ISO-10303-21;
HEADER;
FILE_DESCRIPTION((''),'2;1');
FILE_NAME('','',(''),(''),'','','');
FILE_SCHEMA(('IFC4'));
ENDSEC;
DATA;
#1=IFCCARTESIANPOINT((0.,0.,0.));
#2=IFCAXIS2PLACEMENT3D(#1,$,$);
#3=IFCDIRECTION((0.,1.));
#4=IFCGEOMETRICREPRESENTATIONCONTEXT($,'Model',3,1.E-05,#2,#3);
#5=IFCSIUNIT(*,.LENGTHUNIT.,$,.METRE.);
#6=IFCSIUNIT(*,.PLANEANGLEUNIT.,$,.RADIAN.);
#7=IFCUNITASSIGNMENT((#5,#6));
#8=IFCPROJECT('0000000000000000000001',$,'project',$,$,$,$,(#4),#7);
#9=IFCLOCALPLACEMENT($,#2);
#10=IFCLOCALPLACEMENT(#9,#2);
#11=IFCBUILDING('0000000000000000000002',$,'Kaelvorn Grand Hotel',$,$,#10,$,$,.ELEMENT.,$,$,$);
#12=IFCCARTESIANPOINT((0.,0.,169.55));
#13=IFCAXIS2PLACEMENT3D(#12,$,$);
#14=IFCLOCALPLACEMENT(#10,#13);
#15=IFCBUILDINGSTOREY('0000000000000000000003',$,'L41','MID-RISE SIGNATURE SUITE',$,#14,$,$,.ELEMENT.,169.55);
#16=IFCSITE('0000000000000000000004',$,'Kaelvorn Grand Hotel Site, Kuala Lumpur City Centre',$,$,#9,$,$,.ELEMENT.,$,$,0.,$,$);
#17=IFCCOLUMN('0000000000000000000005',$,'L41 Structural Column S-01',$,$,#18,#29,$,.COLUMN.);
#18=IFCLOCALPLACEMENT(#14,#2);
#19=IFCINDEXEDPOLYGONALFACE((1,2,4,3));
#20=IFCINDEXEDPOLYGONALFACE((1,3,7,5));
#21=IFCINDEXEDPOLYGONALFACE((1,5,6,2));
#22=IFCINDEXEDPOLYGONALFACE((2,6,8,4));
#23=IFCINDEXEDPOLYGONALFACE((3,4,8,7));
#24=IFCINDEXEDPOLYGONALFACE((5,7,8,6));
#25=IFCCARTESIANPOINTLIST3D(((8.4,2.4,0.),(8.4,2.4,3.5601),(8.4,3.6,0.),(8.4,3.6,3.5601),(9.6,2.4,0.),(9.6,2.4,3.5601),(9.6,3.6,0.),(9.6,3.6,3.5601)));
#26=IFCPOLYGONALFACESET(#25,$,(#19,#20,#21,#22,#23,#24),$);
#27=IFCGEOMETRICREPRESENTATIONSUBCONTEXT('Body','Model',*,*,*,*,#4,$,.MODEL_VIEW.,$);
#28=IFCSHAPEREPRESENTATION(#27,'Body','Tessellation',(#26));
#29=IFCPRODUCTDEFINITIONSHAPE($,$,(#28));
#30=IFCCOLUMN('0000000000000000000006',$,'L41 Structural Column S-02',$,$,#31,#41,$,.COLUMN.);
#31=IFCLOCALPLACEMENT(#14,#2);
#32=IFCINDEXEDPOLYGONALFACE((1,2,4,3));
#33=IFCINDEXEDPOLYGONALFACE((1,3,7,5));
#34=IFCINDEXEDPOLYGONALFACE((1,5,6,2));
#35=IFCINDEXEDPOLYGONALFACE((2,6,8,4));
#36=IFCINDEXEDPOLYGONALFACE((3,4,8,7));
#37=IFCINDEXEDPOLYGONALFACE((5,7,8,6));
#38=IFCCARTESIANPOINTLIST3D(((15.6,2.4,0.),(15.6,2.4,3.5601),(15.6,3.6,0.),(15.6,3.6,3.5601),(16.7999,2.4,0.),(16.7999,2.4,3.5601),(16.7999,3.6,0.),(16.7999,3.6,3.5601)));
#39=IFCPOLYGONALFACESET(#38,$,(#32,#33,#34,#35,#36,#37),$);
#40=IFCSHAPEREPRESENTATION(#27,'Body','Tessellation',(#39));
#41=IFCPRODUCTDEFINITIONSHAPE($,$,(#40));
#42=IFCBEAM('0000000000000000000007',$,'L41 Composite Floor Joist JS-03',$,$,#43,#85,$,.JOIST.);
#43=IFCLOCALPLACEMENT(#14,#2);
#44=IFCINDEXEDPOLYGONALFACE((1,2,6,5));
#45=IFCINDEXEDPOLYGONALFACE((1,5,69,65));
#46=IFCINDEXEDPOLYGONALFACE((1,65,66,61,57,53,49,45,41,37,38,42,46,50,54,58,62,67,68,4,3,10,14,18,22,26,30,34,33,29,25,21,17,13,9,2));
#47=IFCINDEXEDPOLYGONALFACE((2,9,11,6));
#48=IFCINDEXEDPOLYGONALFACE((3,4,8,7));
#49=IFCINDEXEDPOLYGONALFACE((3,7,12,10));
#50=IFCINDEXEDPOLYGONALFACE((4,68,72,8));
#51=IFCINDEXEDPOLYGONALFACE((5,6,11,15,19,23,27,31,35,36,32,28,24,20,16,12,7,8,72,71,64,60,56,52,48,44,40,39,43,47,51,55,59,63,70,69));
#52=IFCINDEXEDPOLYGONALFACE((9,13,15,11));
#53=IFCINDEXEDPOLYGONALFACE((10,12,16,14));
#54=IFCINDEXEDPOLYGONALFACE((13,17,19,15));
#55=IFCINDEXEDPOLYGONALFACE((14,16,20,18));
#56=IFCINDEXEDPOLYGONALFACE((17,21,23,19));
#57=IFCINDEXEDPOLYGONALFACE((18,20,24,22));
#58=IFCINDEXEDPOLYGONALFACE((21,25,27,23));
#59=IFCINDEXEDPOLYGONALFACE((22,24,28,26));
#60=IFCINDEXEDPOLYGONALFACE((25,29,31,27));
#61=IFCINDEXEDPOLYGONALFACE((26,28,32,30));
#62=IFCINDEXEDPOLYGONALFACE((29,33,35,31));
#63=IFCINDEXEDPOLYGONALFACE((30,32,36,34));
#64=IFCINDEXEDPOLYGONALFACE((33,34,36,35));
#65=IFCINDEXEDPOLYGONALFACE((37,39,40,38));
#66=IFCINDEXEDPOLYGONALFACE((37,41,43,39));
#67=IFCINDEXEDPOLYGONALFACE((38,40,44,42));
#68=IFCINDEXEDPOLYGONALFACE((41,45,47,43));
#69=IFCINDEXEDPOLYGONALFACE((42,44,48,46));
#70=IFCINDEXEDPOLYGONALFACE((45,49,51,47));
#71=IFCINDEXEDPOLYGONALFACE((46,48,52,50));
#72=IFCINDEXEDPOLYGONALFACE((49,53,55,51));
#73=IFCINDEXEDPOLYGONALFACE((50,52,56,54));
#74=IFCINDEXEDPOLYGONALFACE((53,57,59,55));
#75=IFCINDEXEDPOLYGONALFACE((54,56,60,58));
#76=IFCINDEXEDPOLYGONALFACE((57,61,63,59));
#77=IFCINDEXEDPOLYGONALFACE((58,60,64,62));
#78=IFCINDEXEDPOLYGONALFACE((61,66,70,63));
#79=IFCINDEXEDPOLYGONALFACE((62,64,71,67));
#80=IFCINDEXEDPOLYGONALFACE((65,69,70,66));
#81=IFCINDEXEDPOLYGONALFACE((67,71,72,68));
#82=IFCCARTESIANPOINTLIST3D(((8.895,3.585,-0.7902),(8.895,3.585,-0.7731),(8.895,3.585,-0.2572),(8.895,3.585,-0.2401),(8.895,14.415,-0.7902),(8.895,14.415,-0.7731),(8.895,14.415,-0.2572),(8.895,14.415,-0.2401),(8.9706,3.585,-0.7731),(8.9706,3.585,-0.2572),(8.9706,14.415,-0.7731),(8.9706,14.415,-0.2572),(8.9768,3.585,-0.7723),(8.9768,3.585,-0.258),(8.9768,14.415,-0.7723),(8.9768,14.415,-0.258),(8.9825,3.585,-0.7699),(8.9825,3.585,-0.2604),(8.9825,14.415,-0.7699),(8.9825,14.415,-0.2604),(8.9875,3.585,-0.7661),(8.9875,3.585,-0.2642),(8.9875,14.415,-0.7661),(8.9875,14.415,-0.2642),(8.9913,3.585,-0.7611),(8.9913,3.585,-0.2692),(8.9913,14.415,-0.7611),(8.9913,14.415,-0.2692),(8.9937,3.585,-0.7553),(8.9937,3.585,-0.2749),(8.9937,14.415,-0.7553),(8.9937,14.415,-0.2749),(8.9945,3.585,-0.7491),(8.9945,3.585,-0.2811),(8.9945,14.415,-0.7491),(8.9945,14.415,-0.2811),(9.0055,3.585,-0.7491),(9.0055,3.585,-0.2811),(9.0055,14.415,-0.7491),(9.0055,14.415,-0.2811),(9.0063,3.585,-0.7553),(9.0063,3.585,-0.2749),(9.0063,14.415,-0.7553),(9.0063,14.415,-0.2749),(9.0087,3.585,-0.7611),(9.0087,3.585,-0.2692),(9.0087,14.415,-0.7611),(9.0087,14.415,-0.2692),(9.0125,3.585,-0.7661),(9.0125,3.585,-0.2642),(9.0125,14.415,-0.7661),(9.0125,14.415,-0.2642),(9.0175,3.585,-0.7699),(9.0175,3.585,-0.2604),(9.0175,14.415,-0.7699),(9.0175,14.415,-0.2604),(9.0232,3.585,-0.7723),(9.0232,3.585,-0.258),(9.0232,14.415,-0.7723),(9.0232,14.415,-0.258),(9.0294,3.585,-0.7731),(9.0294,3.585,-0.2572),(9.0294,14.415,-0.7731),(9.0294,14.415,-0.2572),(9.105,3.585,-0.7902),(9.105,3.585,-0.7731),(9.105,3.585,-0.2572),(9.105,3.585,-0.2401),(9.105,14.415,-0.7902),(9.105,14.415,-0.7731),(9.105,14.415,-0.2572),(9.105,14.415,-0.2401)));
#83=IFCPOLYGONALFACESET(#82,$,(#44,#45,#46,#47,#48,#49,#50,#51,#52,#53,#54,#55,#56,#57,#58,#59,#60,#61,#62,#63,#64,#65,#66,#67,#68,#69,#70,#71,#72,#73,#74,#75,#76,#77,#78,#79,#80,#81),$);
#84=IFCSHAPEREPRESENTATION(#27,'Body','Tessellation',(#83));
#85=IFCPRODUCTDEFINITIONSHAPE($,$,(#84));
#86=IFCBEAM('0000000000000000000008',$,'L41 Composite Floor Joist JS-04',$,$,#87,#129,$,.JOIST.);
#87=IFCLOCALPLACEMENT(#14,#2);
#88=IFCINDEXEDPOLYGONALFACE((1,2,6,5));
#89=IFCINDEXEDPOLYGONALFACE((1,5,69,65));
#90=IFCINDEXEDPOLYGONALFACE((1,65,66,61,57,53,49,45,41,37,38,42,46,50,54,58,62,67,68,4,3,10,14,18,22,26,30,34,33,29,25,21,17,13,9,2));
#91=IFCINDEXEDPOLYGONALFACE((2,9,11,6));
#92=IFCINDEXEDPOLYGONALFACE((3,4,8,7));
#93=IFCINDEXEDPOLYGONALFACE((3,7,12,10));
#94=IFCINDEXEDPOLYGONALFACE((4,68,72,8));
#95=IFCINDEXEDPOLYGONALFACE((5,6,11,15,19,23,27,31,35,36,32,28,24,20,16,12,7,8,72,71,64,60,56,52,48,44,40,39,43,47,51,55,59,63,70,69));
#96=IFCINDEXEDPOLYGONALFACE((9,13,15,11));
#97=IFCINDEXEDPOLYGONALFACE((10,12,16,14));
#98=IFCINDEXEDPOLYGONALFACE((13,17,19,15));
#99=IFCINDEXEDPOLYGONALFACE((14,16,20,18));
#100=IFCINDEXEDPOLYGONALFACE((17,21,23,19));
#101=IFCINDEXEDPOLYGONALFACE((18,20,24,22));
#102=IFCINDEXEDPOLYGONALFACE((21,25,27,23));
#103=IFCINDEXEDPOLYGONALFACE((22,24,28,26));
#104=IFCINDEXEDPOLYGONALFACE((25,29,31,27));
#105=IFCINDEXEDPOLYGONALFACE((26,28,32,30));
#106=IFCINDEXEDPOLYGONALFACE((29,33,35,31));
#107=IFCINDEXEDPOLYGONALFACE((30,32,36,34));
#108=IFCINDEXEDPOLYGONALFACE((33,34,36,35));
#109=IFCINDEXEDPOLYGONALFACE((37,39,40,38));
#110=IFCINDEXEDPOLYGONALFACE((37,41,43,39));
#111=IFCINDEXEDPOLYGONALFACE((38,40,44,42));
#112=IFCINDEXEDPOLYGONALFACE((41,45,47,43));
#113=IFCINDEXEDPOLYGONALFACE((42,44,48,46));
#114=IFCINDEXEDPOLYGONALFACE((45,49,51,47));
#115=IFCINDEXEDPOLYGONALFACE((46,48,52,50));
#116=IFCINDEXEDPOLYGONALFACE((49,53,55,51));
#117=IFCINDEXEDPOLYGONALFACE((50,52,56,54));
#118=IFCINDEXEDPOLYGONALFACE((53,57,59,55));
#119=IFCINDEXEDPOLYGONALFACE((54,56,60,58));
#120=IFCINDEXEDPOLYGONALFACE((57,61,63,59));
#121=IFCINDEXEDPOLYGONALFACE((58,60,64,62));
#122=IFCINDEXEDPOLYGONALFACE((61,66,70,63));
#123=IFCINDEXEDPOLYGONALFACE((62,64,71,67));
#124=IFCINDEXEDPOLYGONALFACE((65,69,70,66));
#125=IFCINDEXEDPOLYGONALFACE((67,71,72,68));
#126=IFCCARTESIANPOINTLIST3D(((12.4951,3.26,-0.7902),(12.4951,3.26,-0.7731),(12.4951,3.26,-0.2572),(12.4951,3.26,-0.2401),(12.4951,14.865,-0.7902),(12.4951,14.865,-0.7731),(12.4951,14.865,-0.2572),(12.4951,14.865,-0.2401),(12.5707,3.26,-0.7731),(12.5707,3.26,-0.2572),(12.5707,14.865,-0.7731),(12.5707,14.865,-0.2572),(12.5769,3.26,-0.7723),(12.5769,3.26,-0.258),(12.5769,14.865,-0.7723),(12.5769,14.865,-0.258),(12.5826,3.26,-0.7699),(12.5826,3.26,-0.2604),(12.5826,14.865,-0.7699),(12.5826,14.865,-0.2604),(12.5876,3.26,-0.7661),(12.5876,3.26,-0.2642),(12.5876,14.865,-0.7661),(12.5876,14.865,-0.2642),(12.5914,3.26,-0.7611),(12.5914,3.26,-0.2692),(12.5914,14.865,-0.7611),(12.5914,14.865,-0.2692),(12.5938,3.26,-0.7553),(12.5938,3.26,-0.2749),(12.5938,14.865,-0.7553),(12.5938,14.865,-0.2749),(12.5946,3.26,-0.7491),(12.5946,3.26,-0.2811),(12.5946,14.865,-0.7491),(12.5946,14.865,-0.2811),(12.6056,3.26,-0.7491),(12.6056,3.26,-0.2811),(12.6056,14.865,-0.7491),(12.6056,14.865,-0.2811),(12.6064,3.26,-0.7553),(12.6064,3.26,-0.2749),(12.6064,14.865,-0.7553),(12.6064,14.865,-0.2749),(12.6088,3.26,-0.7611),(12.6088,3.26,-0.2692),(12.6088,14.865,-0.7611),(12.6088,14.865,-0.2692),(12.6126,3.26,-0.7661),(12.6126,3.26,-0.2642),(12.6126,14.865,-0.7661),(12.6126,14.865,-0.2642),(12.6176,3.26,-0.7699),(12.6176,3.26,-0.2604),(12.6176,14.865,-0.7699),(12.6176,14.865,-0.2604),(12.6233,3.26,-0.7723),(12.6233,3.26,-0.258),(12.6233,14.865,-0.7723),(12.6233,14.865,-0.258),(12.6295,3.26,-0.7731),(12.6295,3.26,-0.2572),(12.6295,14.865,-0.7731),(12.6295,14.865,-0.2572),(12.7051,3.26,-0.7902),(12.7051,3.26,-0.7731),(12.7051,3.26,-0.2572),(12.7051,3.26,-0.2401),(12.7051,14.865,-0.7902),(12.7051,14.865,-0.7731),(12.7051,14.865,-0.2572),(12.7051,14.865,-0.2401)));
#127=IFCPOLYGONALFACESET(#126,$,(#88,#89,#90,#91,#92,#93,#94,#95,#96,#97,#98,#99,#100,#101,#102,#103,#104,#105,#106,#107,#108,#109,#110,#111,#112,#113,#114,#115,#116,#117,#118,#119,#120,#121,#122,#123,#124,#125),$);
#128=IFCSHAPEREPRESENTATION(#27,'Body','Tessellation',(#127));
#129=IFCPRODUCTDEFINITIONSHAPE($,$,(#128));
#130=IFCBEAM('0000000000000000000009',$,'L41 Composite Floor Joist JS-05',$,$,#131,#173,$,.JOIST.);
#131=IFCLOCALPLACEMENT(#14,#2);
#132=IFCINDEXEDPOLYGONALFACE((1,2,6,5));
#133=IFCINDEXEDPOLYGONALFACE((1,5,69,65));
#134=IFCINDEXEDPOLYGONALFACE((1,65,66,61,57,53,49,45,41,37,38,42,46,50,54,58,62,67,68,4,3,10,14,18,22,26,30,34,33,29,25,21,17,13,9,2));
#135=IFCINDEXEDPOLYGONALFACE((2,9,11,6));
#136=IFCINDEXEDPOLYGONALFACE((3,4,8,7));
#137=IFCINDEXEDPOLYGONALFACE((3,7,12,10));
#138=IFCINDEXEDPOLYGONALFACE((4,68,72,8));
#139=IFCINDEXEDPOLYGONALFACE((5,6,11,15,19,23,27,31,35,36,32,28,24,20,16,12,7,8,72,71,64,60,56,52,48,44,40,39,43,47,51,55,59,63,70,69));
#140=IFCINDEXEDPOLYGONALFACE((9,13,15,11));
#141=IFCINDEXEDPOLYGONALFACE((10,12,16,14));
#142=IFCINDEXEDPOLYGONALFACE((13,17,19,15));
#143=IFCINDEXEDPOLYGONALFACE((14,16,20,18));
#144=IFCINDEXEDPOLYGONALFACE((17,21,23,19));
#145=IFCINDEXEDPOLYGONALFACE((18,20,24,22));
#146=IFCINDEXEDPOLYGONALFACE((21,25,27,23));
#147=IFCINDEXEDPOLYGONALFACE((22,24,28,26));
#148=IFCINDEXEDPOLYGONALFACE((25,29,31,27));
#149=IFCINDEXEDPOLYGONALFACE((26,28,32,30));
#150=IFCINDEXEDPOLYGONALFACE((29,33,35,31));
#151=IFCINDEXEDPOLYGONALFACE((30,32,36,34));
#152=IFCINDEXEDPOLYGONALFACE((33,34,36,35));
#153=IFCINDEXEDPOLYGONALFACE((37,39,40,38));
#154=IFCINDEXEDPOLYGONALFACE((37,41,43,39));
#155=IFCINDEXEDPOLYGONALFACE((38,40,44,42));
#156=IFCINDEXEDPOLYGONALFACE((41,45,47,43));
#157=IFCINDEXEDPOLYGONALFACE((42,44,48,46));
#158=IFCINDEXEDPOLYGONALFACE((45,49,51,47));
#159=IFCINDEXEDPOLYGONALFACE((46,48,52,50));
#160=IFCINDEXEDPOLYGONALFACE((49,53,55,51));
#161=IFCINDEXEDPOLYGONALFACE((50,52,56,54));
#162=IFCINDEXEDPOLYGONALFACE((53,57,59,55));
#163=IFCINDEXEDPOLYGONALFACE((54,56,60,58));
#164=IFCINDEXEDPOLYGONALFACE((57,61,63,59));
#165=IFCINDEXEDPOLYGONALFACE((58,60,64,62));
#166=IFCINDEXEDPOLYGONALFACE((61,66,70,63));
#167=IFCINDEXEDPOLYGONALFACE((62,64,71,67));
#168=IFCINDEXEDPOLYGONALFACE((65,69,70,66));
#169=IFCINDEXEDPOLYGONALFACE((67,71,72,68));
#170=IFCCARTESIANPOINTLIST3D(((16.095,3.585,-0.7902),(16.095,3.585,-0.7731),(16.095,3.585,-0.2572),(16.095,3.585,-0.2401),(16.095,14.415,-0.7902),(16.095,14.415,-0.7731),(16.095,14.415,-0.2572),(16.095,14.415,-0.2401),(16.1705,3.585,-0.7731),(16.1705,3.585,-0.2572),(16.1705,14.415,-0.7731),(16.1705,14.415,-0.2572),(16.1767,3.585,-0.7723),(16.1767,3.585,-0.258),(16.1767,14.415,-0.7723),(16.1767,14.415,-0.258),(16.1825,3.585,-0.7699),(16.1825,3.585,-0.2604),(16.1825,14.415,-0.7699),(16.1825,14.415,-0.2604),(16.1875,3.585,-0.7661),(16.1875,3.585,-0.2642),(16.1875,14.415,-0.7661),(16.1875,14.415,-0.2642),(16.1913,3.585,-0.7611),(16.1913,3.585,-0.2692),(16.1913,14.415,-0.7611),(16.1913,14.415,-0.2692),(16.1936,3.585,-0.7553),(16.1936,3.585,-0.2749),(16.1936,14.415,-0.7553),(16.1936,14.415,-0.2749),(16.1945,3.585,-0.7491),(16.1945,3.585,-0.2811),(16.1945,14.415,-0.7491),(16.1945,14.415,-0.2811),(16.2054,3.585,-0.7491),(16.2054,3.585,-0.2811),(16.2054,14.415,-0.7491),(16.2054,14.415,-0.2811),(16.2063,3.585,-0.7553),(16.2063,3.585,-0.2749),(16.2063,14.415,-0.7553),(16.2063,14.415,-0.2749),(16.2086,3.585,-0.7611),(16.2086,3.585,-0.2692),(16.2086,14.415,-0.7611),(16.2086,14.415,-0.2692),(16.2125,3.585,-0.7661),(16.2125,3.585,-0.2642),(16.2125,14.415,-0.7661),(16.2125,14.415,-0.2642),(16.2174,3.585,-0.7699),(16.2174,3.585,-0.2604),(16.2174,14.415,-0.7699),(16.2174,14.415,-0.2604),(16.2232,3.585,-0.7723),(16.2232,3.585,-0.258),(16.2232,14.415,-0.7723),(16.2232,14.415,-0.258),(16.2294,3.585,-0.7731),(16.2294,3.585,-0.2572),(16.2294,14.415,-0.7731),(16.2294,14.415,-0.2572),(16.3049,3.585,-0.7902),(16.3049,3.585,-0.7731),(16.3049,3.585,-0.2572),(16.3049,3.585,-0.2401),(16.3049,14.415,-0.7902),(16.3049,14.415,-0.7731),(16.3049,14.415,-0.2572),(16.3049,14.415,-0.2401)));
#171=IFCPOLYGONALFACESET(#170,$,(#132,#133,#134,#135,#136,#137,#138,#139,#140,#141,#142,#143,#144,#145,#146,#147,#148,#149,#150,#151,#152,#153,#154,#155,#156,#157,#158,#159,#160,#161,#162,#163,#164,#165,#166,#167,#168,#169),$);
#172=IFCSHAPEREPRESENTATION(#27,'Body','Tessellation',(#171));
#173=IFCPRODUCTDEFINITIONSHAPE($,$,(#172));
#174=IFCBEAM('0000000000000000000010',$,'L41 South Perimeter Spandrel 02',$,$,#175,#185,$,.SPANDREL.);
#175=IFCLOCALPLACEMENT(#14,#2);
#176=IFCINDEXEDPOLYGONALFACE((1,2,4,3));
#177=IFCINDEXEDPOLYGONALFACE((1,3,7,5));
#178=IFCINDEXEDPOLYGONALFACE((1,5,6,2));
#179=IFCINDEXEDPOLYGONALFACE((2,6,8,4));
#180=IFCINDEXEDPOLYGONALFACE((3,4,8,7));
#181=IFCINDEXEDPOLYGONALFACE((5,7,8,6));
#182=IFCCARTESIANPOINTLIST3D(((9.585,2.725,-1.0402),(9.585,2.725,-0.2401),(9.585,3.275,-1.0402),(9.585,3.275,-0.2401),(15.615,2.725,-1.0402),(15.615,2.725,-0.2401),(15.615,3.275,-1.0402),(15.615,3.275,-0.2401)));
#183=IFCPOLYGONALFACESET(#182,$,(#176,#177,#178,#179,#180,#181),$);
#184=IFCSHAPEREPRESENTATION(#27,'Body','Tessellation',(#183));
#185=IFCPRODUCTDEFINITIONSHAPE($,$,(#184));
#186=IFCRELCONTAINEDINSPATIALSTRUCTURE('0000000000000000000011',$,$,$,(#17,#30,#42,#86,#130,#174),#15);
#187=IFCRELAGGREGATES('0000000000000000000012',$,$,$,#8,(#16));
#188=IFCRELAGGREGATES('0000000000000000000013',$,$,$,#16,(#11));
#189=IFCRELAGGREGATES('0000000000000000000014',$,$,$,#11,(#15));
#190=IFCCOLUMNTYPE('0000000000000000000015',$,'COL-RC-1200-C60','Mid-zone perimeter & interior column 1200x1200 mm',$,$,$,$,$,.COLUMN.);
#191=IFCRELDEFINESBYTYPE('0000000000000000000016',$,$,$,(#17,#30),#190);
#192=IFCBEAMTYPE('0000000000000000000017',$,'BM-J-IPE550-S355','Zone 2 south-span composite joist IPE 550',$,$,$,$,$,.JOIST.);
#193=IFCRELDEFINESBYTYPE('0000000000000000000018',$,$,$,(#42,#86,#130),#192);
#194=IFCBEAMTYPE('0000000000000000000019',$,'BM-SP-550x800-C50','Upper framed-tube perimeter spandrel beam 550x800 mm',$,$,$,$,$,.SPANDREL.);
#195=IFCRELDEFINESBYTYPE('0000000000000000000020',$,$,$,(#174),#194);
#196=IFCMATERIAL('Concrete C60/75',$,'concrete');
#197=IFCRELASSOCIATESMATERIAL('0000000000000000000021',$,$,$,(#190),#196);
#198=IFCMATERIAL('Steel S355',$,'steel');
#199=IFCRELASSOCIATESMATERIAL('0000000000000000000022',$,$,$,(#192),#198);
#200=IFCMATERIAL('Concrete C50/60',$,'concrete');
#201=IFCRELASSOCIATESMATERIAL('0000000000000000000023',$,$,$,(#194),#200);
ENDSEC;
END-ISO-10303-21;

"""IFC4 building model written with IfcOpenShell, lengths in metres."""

from ifc_helpers import new_model, si_unit, direction, frame, origin, origin_2d, place, context, subcontext, project, spatial, rectangle, i_section, extrude, material, material_profile, profile_set, type_object, element, save


model = new_model("IFC4")

# Units and contexts
model_context = context("Model", 3, precision=1e-05, world=origin(), true_north=direction((0.0, 1.0)))
body_context = subcontext(model_context, "Body", "Model", "MODEL_VIEW")
ifc_project = project(units=[si_unit("LENGTHUNIT", "METRE"), si_unit("PLANEANGLEUNIT", "RADIAN")], contexts=[model_context])

# Site, building, storey
site_placement = place(None, origin())
site = spatial("IfcSite", under=ifc_project, at=site_placement, Name="Kaelvorn Grand Hotel Site, Kuala Lumpur City Centre", CompositionType="ELEMENT", RefElevation=0.0)
building_placement = place(site_placement, origin())
building = spatial("IfcBuilding", under=site, at=building_placement, Name="Kaelvorn Grand Hotel", CompositionType="ELEMENT")
storey_placement = place(building_placement, frame((0.0, 0.0, 169.55)))
storey = spatial("IfcBuildingStorey", under=building, at=storey_placement, Name="L41", Description="MID-RISE SIGNATURE SUITE", CompositionType="ELEMENT", Elevation=169.55)

# Columns
ifc_material_1 = material(Name="Concrete C60/75", Category="concrete")
ifc_material_profile_1 = material_profile(ifc_material_1, rectangle(XDim=1.2, YDim=1.2, at=origin_2d()), Name="RC COL 1200x1200")
ifc_profile_set_1 = profile_set([ifc_material_profile_1], Name="Concrete C60/75")
column_type = type_object("IfcColumnType", Name="COL-RC-1200-C60", Description="Mid-zone perimeter & interior column 1200x1200 mm", PredefinedType="COLUMN", material=ifc_profile_set_1)
for number, where, z_axis, x_axis, name in (
    (1, (9.0, 3.0, 0.0), (0.0, 0.0, 1.0), (1.0, 0.0, 0.0), "L41 Structural Column S-01"),
    (2, (16.2, 3.0, 0.0), (0.0, 0.0, 1.0), (1.0, 0.0, 0.0), "L41 Structural Column S-02"),
):
    element("IfcColumn", number, at=place(storey_placement, frame(where, z_axis=z_axis, x_axis=x_axis)), inside=storey, type_object=column_type, Name=name, PredefinedType="COLUMN", context=body_context, shape_type="SweptSolid", body=[
        extrude(rectangle(XDim=1.2, YDim=1.2, at=origin_2d()), origin(), (0.0, 0.0, 1.0), 3.5601),
    ])

# Beams
ifc_material_2 = material(Name="Steel S355", Category="steel")
ifc_material_profile_2 = material_profile(ifc_material_2, i_section(OverallWidth=0.21, OverallDepth=0.55, WebThickness=0.011, FlangeThickness=0.0171, FilletRadius=0.0239, at=origin_2d()), Name="IPE 550")
ifc_profile_set_2 = profile_set([ifc_material_profile_2], Name="Steel S355")
beam_type_1 = type_object("IfcBeamType", Name="BM-J-IPE550-S355", Description="Zone 2 south-span composite joist IPE 550", PredefinedType="JOIST", material=ifc_profile_set_2)
beam_1_placement = place(storey_placement, frame((9.0, 3.585, -0.5151), z_axis=(0.0, 1.0, 0.0), x_axis=(-1.0, 0.0, 0.0)))
element("IfcBeam", 3, at=beam_1_placement, inside=storey, type_object=beam_type_1, Name="L41 Composite Floor Joist JS-03", PredefinedType="JOIST", context=body_context, shape_type="SweptSolid", body=[
    extrude(i_section(OverallWidth=0.21, OverallDepth=0.55, WebThickness=0.011, FlangeThickness=0.0171, FilletRadius=0.0239, at=origin_2d()), origin(), (0.0, 0.0, 1.0), 10.8301),
])
beam_2_placement = place(storey_placement, frame((12.6001, 3.26, -0.5151), z_axis=(0.0, 1.0, 0.0), x_axis=(-1.0, 0.0, 0.0)))
element("IfcBeam", 4, at=beam_2_placement, inside=storey, type_object=beam_type_1, Name="L41 Composite Floor Joist JS-04", PredefinedType="JOIST", context=body_context, shape_type="SweptSolid", body=[
    extrude(i_section(OverallWidth=0.21, OverallDepth=0.55, WebThickness=0.011, FlangeThickness=0.0171, FilletRadius=0.0239, at=origin_2d()), origin(), (0.0, 0.0, 1.0), 11.605),
])
beam_3_placement = place(storey_placement, frame((16.2, 3.585, -0.5151), z_axis=(0.0, 1.0, 0.0), x_axis=(-1.0, 0.0, 0.0)))
element("IfcBeam", 5, at=beam_3_placement, inside=storey, type_object=beam_type_1, Name="L41 Composite Floor Joist JS-05", PredefinedType="JOIST", context=body_context, shape_type="SweptSolid", body=[
    extrude(i_section(OverallWidth=0.21, OverallDepth=0.55, WebThickness=0.011, FlangeThickness=0.0171, FilletRadius=0.0239, at=origin_2d()), origin(), (0.0, 0.0, 1.0), 10.8301),
])
ifc_material_3 = material(Name="Concrete C50/60", Category="concrete")
ifc_material_profile_3 = material_profile(ifc_material_3, rectangle(XDim=0.55, YDim=0.8, at=origin_2d()), Name="RC SPANDREL 550x800")
ifc_profile_set_3 = profile_set([ifc_material_profile_3], Name="Concrete C50/60")
beam_type_2 = type_object("IfcBeamType", Name="BM-SP-550x800-C50", Description="Upper framed-tube perimeter spandrel beam 550x800 mm", PredefinedType="SPANDREL", material=ifc_profile_set_3)
beam_4_placement = place(storey_placement, frame((9.585, 3.0, -0.6401), z_axis=(1.0, 0.0, 0.0), x_axis=(0.0, 1.0, 0.0)))
element("IfcBeam", 6, at=beam_4_placement, inside=storey, type_object=beam_type_2, Name="L41 South Perimeter Spandrel 02", PredefinedType="SPANDREL", context=body_context, shape_type="SweptSolid", body=[
    extrude(rectangle(XDim=0.55, YDim=0.8, at=origin_2d()), origin(), (0.0, 0.0, 1.0), 6.03),
])

save(model, "model.ifc")
